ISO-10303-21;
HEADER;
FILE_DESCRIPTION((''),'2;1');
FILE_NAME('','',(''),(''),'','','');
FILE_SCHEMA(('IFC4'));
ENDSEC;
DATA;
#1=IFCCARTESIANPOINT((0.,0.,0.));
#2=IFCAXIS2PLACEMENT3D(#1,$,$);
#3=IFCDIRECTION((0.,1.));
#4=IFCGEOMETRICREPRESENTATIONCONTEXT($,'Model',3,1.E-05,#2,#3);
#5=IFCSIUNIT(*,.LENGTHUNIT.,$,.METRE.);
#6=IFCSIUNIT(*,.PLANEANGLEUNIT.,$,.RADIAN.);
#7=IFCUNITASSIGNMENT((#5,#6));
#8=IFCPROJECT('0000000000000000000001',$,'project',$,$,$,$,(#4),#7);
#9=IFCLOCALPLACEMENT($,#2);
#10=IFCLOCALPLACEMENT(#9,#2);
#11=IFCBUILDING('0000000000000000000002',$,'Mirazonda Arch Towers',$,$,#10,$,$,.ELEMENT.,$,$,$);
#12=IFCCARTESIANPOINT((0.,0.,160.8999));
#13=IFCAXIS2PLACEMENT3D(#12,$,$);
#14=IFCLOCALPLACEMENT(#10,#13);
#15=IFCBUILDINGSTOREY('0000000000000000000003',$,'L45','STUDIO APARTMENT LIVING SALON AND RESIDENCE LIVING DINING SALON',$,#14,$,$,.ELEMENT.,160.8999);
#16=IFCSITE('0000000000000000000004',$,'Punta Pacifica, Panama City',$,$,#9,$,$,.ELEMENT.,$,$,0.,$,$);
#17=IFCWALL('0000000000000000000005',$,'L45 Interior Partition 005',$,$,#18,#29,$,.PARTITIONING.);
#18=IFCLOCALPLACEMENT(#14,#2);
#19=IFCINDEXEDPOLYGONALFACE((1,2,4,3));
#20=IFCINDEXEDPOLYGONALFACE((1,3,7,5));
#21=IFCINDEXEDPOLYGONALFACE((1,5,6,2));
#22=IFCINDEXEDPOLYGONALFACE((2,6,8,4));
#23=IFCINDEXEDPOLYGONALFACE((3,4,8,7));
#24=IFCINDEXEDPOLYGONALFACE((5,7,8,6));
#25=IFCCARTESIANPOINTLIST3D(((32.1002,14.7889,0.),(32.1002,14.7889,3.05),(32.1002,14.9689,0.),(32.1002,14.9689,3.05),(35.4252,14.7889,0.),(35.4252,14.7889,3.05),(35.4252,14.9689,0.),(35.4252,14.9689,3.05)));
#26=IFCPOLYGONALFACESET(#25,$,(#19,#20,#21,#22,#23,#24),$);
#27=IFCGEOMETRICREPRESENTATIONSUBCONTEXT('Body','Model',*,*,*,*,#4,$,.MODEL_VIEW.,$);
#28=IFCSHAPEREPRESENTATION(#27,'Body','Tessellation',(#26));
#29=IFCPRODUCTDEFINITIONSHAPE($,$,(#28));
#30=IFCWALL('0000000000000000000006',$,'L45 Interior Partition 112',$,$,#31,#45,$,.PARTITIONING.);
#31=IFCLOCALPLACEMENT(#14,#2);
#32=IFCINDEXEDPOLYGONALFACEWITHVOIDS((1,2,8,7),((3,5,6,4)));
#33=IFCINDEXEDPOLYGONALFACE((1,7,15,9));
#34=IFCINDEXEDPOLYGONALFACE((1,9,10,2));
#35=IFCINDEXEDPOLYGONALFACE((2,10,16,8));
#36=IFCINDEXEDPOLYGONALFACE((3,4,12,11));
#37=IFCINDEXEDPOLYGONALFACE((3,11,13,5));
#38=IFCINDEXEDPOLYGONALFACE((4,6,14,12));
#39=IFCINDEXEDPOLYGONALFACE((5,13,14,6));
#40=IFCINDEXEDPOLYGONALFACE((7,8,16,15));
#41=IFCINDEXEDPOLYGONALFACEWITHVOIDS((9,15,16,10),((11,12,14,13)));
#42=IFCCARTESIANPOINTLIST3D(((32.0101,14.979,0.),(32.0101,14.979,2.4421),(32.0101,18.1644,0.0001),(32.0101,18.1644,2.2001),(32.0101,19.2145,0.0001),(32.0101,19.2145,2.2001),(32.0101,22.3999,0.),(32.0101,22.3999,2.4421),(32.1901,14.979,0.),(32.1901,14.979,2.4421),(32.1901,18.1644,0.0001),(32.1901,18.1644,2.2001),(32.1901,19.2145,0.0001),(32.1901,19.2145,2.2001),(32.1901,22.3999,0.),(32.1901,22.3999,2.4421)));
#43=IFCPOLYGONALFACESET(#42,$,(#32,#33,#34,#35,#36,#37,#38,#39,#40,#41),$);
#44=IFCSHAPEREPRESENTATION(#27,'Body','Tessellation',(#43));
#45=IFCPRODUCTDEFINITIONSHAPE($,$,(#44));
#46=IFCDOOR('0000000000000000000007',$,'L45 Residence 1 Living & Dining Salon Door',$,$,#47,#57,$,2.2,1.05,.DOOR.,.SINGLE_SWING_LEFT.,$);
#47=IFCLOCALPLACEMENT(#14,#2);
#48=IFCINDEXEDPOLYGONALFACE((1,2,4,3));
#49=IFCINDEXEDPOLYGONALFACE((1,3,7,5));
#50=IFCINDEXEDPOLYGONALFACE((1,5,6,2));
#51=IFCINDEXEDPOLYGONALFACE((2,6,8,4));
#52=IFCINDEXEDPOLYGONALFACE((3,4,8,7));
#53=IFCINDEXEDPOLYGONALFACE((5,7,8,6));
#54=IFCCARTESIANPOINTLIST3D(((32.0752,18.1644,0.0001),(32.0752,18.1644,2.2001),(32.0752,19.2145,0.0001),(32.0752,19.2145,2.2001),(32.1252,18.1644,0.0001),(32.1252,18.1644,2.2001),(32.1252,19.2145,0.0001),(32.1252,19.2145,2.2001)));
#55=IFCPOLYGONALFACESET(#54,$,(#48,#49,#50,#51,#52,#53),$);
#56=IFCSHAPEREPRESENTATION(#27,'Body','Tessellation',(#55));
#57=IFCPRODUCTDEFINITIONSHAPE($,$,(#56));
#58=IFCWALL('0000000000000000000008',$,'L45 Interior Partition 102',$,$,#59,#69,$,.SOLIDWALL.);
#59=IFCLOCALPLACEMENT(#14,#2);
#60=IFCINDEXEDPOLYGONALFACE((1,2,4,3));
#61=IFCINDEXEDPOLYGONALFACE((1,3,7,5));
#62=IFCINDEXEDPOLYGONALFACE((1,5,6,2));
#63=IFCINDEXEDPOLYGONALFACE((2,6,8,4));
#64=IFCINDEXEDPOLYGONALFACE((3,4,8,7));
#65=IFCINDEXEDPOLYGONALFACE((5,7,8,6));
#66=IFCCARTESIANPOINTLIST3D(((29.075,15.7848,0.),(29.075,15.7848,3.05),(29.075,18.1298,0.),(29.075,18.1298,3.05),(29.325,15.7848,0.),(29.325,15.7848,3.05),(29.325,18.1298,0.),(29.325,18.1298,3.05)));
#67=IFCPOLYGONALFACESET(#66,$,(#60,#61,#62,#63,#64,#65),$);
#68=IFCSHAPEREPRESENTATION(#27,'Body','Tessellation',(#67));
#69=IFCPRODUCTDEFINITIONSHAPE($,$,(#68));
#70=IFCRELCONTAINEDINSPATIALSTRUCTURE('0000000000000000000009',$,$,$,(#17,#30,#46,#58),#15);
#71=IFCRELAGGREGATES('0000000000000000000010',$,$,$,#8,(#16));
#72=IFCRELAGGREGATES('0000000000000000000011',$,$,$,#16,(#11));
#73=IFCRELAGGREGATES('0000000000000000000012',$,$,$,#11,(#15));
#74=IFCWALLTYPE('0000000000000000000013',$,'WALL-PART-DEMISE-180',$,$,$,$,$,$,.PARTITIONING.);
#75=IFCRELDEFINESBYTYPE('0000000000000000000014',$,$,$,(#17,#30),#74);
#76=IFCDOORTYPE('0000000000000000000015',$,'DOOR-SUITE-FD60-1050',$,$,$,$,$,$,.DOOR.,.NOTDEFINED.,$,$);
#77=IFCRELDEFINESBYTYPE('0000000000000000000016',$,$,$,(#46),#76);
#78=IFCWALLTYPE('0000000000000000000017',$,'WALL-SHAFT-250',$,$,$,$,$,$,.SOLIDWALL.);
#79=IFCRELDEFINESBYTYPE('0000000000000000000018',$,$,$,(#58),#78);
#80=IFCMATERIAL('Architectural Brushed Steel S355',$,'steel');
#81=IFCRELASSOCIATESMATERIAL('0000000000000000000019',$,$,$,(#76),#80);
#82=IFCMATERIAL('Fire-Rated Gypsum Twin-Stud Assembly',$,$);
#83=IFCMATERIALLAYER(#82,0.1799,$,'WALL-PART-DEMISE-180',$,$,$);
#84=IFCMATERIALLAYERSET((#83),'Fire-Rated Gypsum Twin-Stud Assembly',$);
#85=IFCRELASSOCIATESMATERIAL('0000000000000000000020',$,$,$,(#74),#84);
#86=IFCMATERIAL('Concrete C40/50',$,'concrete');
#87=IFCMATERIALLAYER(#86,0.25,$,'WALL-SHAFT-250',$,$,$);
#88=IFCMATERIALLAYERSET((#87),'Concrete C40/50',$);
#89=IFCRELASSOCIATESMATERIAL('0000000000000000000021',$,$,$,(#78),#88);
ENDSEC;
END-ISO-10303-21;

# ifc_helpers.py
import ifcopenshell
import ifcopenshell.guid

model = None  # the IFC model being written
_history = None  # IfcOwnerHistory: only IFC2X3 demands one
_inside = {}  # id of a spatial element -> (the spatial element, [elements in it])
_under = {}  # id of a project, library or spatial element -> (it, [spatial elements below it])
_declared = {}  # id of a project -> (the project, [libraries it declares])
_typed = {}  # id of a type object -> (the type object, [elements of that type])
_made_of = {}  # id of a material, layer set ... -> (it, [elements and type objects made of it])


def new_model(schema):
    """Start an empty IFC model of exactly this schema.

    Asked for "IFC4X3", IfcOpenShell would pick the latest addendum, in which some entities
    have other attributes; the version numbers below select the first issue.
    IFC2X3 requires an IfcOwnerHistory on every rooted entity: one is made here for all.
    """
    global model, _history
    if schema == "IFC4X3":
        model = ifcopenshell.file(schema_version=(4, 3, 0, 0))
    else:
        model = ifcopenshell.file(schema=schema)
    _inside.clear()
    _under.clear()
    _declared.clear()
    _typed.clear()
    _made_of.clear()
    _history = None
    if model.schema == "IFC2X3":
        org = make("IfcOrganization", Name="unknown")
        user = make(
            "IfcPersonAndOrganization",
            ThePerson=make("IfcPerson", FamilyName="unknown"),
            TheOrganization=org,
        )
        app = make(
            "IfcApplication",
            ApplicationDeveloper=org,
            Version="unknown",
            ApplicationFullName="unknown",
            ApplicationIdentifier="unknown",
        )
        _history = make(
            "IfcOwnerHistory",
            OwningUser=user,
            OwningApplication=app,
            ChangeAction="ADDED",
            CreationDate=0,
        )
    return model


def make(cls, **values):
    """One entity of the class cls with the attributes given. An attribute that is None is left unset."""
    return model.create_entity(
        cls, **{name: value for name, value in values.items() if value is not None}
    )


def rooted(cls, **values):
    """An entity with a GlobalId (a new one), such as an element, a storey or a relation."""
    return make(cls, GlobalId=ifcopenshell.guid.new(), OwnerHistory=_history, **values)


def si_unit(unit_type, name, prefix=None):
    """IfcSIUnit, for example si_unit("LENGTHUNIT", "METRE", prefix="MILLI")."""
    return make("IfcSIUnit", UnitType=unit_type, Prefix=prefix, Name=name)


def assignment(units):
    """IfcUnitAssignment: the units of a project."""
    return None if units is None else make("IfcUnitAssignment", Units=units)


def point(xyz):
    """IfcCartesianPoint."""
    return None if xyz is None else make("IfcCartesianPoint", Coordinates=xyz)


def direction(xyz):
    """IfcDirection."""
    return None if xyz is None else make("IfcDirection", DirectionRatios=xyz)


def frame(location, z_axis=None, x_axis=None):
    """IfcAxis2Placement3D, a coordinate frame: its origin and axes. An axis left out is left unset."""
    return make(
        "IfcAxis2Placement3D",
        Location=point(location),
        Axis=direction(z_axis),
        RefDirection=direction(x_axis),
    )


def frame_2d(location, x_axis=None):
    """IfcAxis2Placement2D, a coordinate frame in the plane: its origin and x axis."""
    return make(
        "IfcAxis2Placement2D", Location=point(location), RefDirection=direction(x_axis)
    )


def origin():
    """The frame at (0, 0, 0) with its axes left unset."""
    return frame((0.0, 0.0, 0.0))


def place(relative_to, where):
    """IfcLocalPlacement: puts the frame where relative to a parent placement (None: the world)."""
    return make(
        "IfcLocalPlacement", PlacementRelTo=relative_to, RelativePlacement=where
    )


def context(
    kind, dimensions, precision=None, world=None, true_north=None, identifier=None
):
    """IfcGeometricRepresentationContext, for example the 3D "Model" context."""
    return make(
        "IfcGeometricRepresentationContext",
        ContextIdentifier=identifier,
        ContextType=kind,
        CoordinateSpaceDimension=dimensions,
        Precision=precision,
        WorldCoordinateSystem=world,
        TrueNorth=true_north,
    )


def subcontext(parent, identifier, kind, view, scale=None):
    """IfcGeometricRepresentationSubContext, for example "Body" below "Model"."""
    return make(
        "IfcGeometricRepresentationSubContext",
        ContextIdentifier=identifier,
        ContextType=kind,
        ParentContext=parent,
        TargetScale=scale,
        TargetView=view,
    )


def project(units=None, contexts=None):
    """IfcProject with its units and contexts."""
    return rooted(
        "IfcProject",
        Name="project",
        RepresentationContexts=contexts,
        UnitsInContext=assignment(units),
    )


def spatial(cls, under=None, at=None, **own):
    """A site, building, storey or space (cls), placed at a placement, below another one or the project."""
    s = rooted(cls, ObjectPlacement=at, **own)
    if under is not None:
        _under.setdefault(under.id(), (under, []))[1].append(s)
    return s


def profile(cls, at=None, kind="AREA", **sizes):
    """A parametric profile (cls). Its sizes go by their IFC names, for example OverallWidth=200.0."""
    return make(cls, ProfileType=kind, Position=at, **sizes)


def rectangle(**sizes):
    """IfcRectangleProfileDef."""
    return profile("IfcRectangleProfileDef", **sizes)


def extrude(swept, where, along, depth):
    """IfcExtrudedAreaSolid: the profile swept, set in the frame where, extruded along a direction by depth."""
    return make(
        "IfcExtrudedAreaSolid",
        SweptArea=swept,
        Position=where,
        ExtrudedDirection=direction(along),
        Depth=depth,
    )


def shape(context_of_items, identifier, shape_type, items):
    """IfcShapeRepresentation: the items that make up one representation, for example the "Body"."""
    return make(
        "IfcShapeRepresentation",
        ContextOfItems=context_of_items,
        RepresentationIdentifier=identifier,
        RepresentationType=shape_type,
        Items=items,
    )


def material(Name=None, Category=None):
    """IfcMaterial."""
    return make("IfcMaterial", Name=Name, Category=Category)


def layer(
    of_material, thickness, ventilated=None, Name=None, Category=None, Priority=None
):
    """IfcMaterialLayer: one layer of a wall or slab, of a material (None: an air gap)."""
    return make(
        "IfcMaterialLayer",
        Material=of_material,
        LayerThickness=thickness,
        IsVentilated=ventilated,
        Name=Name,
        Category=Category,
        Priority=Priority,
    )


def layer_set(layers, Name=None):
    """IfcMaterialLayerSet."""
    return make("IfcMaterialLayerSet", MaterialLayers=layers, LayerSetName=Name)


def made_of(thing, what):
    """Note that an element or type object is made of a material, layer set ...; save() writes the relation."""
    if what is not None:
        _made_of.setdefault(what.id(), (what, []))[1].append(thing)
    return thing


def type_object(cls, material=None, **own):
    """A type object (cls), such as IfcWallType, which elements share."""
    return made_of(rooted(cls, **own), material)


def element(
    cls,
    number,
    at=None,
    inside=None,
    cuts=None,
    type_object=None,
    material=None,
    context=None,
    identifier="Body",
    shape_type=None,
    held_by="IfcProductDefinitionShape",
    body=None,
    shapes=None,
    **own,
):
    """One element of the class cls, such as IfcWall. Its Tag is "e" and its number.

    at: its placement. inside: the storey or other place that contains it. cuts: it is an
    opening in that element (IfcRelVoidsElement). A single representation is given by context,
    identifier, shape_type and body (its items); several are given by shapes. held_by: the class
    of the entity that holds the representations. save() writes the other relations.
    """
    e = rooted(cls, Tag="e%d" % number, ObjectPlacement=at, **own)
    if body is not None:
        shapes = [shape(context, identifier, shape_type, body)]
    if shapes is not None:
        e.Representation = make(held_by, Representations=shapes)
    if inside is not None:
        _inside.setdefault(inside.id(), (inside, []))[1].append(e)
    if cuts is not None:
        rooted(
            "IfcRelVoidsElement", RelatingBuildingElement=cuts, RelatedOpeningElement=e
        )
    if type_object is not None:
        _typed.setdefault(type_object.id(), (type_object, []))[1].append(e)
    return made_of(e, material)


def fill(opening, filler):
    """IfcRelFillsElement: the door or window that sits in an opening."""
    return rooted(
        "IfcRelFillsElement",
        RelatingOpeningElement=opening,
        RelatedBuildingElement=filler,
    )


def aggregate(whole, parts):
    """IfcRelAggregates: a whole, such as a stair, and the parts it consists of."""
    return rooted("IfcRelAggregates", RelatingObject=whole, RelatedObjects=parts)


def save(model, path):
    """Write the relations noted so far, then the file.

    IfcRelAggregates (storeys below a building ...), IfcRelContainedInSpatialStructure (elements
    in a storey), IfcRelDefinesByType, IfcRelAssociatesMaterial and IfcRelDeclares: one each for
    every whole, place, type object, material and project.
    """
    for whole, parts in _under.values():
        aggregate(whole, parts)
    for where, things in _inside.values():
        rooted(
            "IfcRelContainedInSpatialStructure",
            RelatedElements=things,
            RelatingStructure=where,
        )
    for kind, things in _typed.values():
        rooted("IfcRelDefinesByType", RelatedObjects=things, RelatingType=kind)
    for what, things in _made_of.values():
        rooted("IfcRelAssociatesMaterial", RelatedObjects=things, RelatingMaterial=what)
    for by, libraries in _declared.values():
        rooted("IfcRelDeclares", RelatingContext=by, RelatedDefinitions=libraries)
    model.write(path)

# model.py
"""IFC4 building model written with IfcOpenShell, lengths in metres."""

from ifc_helpers import new_model, si_unit, direction, frame, frame_2d, origin, place, context, subcontext, project, spatial, rectangle, extrude, material, layer, layer_set, type_object, element, fill, save


model = new_model("IFC4")

# Units and contexts
model_context = context("Model", 3, precision=1e-05, world=origin(), true_north=direction((0.0, 1.0)))
body_context = subcontext(model_context, "Body", "Model", "MODEL_VIEW")
ifc_project = project(units=[si_unit("LENGTHUNIT", "METRE"), si_unit("PLANEANGLEUNIT", "RADIAN")], contexts=[model_context])

# Site, building, storey
site_placement = place(None, origin())
site = spatial("IfcSite", under=ifc_project, at=site_placement, Name="Punta Pacifica, Panama City", CompositionType="ELEMENT", RefElevation=0.0)
building_placement = place(site_placement, origin())
building = spatial("IfcBuilding", under=site, at=building_placement, Name="Mirazonda Arch Towers", CompositionType="ELEMENT")
storey_placement = place(building_placement, frame((0.0, 0.0, 160.8999)))
storey = spatial("IfcBuildingStorey", under=building, at=storey_placement, Name="L45", Description="STUDIO APARTMENT LIVING SALON AND RESIDENCE LIVING DINING SALON", CompositionType="ELEMENT", Elevation=160.8999)

# Shared definitions
ifc_material_1 = material(Name="Architectural Brushed Steel S355", Category="steel")
door_type_1 = type_object("IfcDoorType", Name="DOOR-SUITE-FD60-1050", OperationType="NOTDEFINED", PredefinedType="DOOR", material=ifc_material_1)

# Wall
ifc_material_2 = material(Name="Fire-Rated Gypsum Twin-Stud Assembly")
ifc_layer_1 = layer(ifc_material_2, 0.1799, Name="WALL-PART-DEMISE-180")
ifc_layer_set_1 = layer_set([ifc_layer_1], Name="Fire-Rated Gypsum Twin-Stud Assembly")
wall_type_1 = type_object("IfcWallType", Name="WALL-PART-DEMISE-180", PredefinedType="PARTITIONING", material=ifc_layer_set_1)
wall_1_placement = place(storey_placement, frame((32.1001, 14.8789, 0.0), z_axis=(0.0, 0.0, 1.0), x_axis=(1.0, 0.0, 0.0)))
element("IfcWall", 1, at=wall_1_placement, inside=storey, type_object=wall_type_1, Name="L45 Interior Partition 005", PredefinedType="PARTITIONING", context=body_context, shape_type="SweptSolid", body=[
    extrude(rectangle(XDim=3.325, YDim=0.1799, at=frame_2d((1.6626, 0.0))), origin(), (0.0, 0.0, 1.0), 3.05),
])

# Wall, opening, door
wall_2_placement = place(storey_placement, frame((32.1001, 14.979, 0.0), z_axis=(0.0, 0.0, 1.0), x_axis=(0.0, 1.0, 0.0)))
wall_2 = element("IfcWall", 2, at=wall_2_placement, inside=storey, type_object=wall_type_1, Name="L45 Interior Partition 112", PredefinedType="PARTITIONING", context=body_context, shape_type="SweptSolid", body=[
    extrude(rectangle(XDim=7.4209, YDim=0.1799, at=frame_2d((3.7104, 0.0))), origin(), (0.0, 0.0, 1.0), 2.4421),
])
opening_1_placement = place(wall_2_placement, frame((3.1855, 0.0, 0.0)))
opening_1 = element("IfcOpeningElement", 3, at=opening_1_placement, cuts=wall_2, PredefinedType="OPENING", context=body_context, shape_type="SweptSolid", body=[
    extrude(rectangle(XDim=1.05, YDim=2.2, at=frame_2d((0.5249, 1.1001))), frame((0.0, 0.0999, 0.0), z_axis=(0.0, -1.0, 0.0), x_axis=(1.0, 0.0, 0.0)), (0.0, 0.0, 1.0), 0.2),
])
door_1_placement = place(opening_1_placement, origin())
door_1 = element("IfcDoor", 4, at=door_1_placement, inside=storey, type_object=door_type_1, Name="L45 Residence 1 Living & Dining Salon Door", OperationType="SINGLE_SWING_LEFT", OverallHeight=2.2, OverallWidth=1.05, PredefinedType="DOOR", context=body_context, shape_type="SweptSolid", body=[
    extrude(rectangle(XDim=1.05, YDim=2.2, at=frame_2d((0.5249, 1.1001))), frame((0.0, 0.0249, 0.0), z_axis=(0.0, -1.0, 0.0), x_axis=(1.0, 0.0, 0.0)), (0.0, 0.0, 1.0), 0.05),
])
fill(opening_1, door_1)

# Wall
ifc_material_3 = material(Name="Concrete C40/50", Category="concrete")
ifc_layer_2 = layer(ifc_material_3, 0.25, Name="WALL-SHAFT-250")
ifc_layer_set_2 = layer_set([ifc_layer_2], Name="Concrete C40/50")
wall_type_2 = type_object("IfcWallType", Name="WALL-SHAFT-250", PredefinedType="SOLIDWALL", material=ifc_layer_set_2)
wall_3_placement = place(storey_placement, frame((29.2, 15.7849, 0.0), z_axis=(0.0, 0.0, 1.0), x_axis=(0.0, 1.0, 0.0)))
element("IfcWall", 5, at=wall_3_placement, inside=storey, type_object=wall_type_2, Name="L45 Interior Partition 102", PredefinedType="SOLIDWALL", context=body_context, shape_type="SweptSolid", body=[
    extrude(rectangle(XDim=2.345, YDim=0.25, at=frame_2d((1.1724, 0.0))), origin(), (0.0, 0.0, 1.0), 3.05),
])

save(model, "model.ifc")
